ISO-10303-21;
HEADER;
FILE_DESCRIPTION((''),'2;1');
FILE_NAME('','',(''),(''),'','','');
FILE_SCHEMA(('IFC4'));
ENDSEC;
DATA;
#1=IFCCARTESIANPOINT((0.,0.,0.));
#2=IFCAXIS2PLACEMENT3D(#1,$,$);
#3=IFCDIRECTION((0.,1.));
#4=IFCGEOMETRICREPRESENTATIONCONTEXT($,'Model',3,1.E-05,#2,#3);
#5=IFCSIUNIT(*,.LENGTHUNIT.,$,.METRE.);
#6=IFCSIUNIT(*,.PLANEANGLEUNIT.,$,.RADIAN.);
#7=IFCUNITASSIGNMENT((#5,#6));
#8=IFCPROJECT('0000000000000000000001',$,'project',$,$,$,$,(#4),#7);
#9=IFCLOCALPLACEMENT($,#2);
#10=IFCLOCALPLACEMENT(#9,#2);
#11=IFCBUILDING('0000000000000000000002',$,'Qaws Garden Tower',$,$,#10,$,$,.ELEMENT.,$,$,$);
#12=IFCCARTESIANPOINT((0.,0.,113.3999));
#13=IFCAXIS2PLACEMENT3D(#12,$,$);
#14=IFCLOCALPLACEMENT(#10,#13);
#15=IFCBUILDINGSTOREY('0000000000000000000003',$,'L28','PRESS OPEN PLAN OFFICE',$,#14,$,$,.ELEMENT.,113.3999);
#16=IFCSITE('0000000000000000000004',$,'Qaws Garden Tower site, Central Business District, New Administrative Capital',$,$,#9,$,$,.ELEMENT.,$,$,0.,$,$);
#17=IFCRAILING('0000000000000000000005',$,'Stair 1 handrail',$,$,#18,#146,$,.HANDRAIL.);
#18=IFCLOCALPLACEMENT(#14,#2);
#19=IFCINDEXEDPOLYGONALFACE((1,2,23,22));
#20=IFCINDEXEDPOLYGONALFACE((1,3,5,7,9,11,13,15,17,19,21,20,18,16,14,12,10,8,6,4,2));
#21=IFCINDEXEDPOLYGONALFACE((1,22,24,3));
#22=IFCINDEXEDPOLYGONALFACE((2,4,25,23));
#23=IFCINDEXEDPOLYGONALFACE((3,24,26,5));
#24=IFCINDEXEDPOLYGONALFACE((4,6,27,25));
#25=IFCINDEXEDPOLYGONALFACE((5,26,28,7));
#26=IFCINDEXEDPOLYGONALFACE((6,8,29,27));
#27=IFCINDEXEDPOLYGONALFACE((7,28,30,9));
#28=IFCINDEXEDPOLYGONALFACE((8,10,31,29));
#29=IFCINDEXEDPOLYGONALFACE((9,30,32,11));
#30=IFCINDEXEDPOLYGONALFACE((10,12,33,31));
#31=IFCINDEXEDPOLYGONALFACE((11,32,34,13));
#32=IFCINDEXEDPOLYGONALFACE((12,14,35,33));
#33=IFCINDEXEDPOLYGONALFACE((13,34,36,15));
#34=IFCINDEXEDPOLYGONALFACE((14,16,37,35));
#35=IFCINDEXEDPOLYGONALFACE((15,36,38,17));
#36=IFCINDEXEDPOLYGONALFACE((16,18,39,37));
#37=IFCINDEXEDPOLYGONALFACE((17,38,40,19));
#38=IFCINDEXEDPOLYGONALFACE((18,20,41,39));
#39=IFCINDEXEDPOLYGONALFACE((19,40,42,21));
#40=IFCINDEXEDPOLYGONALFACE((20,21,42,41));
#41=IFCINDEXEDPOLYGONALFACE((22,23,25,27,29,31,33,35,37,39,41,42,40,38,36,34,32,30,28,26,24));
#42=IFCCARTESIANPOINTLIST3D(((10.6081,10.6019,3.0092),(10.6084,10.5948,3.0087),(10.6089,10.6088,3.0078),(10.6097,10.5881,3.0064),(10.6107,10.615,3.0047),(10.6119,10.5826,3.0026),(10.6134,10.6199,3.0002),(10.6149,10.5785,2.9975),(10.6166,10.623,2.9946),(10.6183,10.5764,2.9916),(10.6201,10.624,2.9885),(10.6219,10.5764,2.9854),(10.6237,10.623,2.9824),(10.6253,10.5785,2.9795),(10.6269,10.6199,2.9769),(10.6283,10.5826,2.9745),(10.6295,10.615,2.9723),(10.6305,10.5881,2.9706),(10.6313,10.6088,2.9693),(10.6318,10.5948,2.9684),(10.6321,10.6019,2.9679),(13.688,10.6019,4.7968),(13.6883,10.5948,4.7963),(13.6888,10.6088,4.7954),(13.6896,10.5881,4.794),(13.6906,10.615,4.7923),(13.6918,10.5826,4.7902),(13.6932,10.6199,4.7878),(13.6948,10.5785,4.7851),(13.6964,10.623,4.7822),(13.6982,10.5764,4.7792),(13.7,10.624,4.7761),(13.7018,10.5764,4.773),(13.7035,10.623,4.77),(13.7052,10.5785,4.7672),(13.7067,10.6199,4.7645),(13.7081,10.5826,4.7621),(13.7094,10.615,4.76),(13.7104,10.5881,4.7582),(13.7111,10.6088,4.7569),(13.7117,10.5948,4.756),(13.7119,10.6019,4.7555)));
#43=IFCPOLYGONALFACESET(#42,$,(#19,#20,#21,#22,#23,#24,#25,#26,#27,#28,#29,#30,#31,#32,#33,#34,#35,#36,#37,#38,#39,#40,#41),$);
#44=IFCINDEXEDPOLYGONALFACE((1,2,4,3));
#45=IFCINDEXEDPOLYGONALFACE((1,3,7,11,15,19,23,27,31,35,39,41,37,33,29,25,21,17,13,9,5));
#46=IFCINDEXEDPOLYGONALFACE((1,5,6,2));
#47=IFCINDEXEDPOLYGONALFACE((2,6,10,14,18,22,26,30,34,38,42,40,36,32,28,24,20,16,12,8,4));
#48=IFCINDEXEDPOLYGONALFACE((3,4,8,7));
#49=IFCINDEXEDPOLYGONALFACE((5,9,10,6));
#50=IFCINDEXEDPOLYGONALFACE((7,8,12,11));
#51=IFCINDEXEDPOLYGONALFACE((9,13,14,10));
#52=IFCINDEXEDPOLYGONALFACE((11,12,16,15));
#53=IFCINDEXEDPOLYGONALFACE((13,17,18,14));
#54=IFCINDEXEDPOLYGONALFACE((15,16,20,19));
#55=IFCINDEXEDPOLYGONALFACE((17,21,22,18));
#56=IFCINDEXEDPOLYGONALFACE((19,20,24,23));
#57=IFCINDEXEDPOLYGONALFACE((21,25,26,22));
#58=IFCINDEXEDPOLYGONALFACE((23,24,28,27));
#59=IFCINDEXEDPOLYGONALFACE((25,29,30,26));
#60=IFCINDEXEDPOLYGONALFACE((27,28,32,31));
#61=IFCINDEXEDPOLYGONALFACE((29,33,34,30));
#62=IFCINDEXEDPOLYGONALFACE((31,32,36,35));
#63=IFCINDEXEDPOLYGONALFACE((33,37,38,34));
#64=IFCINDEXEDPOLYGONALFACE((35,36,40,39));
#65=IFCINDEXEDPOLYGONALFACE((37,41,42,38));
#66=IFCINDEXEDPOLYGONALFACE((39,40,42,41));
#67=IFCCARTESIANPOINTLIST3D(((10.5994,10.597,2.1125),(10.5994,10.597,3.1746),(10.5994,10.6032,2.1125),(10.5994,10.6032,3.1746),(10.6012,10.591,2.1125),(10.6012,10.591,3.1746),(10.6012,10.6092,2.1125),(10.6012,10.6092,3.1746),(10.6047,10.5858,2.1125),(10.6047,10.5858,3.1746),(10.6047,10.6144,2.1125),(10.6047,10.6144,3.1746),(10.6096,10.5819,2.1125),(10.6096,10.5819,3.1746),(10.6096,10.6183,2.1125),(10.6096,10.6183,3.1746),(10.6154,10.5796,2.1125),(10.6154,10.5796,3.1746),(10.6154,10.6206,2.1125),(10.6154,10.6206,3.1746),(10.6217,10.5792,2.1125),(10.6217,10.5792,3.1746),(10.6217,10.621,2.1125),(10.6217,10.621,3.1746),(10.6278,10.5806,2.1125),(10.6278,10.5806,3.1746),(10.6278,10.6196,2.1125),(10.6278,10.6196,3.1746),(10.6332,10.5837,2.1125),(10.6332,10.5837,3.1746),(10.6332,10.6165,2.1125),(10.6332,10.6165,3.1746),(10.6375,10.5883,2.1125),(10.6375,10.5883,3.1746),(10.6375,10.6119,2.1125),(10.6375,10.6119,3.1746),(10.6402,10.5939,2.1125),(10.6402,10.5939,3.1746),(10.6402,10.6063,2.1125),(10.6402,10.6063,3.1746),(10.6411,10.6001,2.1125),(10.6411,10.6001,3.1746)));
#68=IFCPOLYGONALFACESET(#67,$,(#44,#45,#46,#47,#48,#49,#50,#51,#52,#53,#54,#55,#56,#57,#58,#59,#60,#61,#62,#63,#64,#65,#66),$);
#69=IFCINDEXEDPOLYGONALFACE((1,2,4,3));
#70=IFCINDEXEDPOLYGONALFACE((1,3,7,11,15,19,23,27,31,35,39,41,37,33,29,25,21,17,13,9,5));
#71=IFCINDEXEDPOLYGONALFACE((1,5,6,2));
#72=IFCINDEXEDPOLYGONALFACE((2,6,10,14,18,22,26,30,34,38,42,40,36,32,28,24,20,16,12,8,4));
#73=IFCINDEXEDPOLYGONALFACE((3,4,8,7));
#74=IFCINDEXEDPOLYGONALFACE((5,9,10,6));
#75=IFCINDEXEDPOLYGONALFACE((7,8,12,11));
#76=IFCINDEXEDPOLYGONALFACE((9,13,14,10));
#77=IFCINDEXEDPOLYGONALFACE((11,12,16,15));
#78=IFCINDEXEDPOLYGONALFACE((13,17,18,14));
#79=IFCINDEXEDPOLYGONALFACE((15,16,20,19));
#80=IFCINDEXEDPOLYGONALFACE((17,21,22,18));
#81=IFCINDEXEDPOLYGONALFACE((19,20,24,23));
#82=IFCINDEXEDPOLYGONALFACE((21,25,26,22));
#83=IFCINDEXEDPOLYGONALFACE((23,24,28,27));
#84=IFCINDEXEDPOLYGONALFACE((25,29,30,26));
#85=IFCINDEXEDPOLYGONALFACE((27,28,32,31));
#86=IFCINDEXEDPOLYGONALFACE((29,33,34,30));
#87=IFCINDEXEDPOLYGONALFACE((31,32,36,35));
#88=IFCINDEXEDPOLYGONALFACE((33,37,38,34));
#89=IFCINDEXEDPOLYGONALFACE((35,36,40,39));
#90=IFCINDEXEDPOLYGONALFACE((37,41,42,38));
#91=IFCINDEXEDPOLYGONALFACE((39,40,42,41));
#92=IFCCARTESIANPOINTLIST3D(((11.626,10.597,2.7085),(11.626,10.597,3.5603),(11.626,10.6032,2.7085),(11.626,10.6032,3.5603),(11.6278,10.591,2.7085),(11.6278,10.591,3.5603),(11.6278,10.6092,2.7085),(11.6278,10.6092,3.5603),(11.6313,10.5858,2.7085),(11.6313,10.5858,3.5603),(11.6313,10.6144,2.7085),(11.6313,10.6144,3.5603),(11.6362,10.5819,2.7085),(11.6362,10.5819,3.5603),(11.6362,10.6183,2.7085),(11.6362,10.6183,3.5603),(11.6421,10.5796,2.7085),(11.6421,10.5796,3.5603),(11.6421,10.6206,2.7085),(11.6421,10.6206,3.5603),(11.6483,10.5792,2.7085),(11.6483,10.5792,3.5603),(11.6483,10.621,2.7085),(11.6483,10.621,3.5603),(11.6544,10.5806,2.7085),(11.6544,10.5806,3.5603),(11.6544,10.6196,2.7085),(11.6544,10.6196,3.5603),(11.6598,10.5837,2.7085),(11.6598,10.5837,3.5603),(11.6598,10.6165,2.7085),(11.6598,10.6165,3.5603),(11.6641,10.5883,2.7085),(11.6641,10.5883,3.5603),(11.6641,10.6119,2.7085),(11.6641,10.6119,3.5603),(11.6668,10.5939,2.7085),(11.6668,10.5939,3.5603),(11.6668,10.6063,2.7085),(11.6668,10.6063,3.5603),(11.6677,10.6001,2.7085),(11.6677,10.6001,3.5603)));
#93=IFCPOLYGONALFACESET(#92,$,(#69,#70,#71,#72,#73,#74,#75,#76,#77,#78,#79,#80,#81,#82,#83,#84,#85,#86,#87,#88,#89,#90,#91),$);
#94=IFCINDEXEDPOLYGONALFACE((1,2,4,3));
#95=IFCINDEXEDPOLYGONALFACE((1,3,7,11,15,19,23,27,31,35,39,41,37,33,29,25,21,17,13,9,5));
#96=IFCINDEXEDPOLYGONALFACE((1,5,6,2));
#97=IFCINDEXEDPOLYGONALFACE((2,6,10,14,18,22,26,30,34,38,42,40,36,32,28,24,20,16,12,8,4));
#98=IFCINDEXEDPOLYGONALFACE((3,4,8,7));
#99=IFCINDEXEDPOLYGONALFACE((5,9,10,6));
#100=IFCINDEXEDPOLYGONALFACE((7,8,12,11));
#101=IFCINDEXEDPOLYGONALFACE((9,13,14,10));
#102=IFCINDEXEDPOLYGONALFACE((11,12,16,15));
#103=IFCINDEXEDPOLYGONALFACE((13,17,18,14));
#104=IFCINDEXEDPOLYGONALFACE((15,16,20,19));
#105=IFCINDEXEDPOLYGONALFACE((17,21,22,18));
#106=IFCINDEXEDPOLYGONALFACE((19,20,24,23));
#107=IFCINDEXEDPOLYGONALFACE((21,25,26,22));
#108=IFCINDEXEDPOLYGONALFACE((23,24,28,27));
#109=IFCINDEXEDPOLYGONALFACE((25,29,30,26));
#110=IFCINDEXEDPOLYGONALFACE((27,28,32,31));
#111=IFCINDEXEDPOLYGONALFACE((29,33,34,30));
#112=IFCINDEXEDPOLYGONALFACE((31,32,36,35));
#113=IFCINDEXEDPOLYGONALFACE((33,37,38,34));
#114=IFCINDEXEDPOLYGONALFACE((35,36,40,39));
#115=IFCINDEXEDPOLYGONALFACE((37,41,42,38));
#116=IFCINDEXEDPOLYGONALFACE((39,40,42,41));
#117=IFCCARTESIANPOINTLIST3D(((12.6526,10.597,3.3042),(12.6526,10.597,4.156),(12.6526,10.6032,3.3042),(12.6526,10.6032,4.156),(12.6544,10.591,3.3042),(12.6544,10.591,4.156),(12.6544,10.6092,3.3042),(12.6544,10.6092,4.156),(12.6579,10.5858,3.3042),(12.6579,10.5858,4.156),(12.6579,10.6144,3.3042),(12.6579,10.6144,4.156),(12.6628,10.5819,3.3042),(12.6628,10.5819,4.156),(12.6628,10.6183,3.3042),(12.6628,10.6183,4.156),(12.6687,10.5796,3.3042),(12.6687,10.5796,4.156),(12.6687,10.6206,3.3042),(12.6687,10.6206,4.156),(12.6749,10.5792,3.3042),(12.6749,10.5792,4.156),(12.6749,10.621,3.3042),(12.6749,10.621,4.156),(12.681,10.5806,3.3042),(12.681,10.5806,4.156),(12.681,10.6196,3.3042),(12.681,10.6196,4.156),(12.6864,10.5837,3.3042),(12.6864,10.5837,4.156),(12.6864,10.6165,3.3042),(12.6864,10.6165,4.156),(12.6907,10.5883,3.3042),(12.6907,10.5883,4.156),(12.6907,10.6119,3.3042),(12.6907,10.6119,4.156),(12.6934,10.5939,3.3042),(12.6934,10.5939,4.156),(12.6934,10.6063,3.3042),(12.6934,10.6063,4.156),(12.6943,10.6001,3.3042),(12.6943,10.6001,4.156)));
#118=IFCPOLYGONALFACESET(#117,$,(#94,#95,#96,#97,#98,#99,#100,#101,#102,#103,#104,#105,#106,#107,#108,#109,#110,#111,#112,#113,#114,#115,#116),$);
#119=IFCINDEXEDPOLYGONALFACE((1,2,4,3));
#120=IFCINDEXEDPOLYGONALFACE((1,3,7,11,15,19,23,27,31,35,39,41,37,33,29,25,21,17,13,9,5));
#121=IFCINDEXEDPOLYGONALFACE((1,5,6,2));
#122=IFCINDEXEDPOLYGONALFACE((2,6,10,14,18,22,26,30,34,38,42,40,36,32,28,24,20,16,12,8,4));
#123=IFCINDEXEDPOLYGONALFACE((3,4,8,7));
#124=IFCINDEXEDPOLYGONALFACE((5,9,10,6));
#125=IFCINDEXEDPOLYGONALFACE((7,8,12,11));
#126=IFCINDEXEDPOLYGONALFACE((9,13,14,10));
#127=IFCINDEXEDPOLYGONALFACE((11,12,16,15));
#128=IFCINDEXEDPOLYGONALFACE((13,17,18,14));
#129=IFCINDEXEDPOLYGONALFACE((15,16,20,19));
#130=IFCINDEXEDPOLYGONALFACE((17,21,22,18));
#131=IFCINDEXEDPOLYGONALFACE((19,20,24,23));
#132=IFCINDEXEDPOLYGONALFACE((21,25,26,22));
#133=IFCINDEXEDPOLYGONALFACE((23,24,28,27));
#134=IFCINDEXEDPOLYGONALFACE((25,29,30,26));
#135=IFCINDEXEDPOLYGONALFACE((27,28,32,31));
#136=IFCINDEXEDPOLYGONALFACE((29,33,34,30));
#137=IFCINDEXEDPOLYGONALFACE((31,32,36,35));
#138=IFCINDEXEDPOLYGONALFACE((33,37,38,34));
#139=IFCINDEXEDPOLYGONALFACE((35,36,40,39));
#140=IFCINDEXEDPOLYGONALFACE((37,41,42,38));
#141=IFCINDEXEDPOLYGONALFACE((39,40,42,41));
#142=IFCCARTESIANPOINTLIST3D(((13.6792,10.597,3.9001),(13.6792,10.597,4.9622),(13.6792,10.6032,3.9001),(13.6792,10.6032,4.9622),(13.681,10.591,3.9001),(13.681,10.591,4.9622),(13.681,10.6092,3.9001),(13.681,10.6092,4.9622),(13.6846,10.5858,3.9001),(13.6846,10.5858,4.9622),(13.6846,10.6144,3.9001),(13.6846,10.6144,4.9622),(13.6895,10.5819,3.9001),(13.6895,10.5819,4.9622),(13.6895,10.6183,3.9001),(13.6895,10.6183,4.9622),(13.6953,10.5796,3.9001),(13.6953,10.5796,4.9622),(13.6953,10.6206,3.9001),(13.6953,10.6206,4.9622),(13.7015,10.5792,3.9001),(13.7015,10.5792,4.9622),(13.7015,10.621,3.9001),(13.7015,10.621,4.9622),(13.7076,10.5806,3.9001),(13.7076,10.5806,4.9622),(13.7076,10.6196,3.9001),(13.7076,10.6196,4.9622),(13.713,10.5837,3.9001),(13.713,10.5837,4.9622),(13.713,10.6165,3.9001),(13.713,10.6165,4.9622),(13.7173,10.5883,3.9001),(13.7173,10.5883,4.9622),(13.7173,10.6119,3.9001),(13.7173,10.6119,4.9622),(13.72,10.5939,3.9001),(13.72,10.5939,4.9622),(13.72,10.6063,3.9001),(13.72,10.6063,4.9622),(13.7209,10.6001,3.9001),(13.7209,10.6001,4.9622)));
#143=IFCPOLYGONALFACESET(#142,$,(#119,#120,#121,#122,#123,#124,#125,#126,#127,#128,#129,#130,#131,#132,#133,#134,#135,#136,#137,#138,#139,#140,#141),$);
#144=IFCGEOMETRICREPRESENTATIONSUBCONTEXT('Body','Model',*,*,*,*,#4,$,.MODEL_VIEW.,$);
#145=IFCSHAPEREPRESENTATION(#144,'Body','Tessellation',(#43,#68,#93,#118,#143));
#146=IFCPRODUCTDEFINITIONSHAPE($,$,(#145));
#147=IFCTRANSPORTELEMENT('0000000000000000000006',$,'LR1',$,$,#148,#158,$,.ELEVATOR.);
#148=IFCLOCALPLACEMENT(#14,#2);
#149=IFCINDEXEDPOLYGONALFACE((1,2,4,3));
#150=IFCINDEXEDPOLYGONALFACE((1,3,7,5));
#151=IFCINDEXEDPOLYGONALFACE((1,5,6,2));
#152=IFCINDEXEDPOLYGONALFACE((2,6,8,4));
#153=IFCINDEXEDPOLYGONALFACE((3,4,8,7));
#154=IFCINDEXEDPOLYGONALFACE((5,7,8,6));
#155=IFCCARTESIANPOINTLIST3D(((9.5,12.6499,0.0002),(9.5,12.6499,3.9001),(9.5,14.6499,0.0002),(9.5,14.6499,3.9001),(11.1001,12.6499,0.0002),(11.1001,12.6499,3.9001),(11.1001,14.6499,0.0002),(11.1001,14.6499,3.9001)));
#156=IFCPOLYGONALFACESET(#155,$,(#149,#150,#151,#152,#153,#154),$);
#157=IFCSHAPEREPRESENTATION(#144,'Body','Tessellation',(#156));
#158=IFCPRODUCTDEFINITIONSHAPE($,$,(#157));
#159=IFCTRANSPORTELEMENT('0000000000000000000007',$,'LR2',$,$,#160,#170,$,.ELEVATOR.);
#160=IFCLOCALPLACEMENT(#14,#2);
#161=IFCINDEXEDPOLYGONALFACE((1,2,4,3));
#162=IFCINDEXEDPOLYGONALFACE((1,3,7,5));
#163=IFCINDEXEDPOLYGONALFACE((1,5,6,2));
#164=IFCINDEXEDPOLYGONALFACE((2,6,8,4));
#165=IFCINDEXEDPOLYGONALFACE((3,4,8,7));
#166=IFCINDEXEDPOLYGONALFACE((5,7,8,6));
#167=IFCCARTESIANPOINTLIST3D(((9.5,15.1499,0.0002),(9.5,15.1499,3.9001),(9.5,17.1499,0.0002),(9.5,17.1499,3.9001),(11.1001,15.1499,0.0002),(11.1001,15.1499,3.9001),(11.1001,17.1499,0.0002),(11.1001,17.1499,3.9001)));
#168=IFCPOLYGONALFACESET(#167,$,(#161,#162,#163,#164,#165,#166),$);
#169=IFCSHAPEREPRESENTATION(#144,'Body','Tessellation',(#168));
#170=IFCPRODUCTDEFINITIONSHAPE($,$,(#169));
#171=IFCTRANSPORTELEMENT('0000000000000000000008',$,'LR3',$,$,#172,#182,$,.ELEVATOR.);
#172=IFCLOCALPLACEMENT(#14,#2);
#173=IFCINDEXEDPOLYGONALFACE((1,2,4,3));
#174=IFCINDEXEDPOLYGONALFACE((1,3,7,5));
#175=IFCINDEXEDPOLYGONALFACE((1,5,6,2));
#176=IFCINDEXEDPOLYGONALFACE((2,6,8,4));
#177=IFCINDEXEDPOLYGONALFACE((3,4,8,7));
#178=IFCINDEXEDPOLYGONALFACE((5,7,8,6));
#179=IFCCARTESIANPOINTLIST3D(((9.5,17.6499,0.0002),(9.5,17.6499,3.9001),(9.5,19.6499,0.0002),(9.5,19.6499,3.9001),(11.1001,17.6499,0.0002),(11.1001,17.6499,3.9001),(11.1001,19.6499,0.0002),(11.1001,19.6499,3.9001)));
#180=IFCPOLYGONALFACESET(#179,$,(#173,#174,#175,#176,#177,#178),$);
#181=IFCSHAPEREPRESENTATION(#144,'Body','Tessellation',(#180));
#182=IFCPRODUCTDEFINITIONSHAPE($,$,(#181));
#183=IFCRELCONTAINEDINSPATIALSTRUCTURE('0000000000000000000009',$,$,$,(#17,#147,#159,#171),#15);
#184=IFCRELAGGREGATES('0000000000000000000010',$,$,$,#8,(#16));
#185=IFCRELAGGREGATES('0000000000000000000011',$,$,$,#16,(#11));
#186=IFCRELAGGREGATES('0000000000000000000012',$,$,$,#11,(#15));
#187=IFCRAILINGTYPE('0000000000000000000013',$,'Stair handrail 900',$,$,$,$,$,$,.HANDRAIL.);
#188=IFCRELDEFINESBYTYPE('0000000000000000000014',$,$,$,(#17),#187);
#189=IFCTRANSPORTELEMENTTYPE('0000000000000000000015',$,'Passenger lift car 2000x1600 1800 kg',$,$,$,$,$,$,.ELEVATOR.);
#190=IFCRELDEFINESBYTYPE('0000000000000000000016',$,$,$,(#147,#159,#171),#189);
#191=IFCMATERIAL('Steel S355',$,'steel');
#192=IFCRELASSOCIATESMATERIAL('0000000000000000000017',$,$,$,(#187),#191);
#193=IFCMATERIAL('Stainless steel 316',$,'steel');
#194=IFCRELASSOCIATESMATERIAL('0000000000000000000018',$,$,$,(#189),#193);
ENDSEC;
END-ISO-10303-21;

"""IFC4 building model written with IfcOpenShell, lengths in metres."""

from ifc_helpers import new_model, si_unit, direction, frame, origin, origin_2d, place, context, subcontext, project, spatial, rectangle, circle, extrude, material, type_object, element, save


model = new_model("IFC4")

# Units and contexts
model_context = context("Model", 3, precision=1e-05, world=origin(), true_north=direction((0.0, 1.0)))
body_context = subcontext(model_context, "Body", "Model", "MODEL_VIEW")
ifc_project = project(units=[si_unit("LENGTHUNIT", "METRE"), si_unit("PLANEANGLEUNIT", "RADIAN")], contexts=[model_context])

# Site, building, storey
site_placement = place(None, origin())
site = spatial("IfcSite", under=ifc_project, at=site_placement, Name="Qaws Garden Tower site, Central Business District, New Administrative Capital", CompositionType="ELEMENT", RefElevation=0.0)
building_placement = place(site_placement, origin())
building = spatial("IfcBuilding", under=site, at=building_placement, Name="Qaws Garden Tower", CompositionType="ELEMENT")
storey_placement = place(building_placement, frame((0.0, 0.0, 113.3999)))
storey = spatial("IfcBuildingStorey", under=building, at=storey_placement, Name="L28", Description="PRESS OPEN PLAN OFFICE", CompositionType="ELEMENT", Elevation=113.3999)

# Railing
ifc_material_1 = material(Name="Steel S355", Category="steel")
railing_type = type_object("IfcRailingType", Name="Stair handrail 900", PredefinedType="HANDRAIL", material=ifc_material_1)
railing_1_placement = place(storey_placement, frame((10.6201, 10.6001, 2.1125)))
element("IfcRailing", 1, at=railing_1_placement, inside=storey, type_object=railing_type, Name="Stair 1 handrail", PredefinedType="HANDRAIL", context=body_context, shape_type="SweptSolid", body=[
    extrude(circle(Radius=0.0239, at=origin_2d()), frame((0.0, 0.0, 0.876), z_axis=(0.864873, 0.0, 0.50199), x_axis=(0.0, 1.0, 0.0)), (0.0, 0.0, 1.0), 3.561),
    extrude(circle(Radius=0.021, at=origin_2d()), origin(), (0.0, 0.0, 1.0), 1.062),
    extrude(circle(Radius=0.021, at=origin_2d()), frame((1.0266, 0.0, 0.5959)), (0.0, 0.0, 1.0), 0.8518),
    extrude(circle(Radius=0.021, at=origin_2d()), frame((2.0532, 0.0, 1.1917)), (0.0, 0.0, 1.0), 0.8518),
    extrude(circle(Radius=0.021, at=origin_2d()), frame((3.0798, 0.0, 1.7876)), (0.0, 0.0, 1.0), 1.062),
])

# Transport elements
ifc_material_2 = material(Name="Stainless steel 316", Category="steel")
transport_element_type = type_object("IfcTransportElementType", Name="Passenger lift car 2000x1600 1800 kg", PredefinedType="ELEVATOR", material=ifc_material_2)
for number, where, z_axis, x_axis, name in (
    (2, (10.3, 13.6499, 0.0002), (0.0, 0.0, 1.0), (1.0, 0.0, 0.0), "LR1"),
    (3, (10.3, 16.1499, 0.0002), (0.0, 0.0, 1.0), (1.0, 0.0, 0.0), "LR2"),
    (4, (10.3, 18.6499, 0.0002), (0.0, 0.0, 1.0), (1.0, 0.0, 0.0), "LR3"),
):
    element("IfcTransportElement", number, at=place(storey_placement, frame(where, z_axis=z_axis, x_axis=x_axis)), inside=storey, type_object=transport_element_type, Name=name, PredefinedType="ELEVATOR", context=body_context, shape_type="SweptSolid", body=[
        extrude(rectangle(XDim=1.6001, YDim=2.0, at=origin_2d()), origin(), (0.0, 0.0, 1.0), 3.8999),
    ])

save(model, "model.ifc")
